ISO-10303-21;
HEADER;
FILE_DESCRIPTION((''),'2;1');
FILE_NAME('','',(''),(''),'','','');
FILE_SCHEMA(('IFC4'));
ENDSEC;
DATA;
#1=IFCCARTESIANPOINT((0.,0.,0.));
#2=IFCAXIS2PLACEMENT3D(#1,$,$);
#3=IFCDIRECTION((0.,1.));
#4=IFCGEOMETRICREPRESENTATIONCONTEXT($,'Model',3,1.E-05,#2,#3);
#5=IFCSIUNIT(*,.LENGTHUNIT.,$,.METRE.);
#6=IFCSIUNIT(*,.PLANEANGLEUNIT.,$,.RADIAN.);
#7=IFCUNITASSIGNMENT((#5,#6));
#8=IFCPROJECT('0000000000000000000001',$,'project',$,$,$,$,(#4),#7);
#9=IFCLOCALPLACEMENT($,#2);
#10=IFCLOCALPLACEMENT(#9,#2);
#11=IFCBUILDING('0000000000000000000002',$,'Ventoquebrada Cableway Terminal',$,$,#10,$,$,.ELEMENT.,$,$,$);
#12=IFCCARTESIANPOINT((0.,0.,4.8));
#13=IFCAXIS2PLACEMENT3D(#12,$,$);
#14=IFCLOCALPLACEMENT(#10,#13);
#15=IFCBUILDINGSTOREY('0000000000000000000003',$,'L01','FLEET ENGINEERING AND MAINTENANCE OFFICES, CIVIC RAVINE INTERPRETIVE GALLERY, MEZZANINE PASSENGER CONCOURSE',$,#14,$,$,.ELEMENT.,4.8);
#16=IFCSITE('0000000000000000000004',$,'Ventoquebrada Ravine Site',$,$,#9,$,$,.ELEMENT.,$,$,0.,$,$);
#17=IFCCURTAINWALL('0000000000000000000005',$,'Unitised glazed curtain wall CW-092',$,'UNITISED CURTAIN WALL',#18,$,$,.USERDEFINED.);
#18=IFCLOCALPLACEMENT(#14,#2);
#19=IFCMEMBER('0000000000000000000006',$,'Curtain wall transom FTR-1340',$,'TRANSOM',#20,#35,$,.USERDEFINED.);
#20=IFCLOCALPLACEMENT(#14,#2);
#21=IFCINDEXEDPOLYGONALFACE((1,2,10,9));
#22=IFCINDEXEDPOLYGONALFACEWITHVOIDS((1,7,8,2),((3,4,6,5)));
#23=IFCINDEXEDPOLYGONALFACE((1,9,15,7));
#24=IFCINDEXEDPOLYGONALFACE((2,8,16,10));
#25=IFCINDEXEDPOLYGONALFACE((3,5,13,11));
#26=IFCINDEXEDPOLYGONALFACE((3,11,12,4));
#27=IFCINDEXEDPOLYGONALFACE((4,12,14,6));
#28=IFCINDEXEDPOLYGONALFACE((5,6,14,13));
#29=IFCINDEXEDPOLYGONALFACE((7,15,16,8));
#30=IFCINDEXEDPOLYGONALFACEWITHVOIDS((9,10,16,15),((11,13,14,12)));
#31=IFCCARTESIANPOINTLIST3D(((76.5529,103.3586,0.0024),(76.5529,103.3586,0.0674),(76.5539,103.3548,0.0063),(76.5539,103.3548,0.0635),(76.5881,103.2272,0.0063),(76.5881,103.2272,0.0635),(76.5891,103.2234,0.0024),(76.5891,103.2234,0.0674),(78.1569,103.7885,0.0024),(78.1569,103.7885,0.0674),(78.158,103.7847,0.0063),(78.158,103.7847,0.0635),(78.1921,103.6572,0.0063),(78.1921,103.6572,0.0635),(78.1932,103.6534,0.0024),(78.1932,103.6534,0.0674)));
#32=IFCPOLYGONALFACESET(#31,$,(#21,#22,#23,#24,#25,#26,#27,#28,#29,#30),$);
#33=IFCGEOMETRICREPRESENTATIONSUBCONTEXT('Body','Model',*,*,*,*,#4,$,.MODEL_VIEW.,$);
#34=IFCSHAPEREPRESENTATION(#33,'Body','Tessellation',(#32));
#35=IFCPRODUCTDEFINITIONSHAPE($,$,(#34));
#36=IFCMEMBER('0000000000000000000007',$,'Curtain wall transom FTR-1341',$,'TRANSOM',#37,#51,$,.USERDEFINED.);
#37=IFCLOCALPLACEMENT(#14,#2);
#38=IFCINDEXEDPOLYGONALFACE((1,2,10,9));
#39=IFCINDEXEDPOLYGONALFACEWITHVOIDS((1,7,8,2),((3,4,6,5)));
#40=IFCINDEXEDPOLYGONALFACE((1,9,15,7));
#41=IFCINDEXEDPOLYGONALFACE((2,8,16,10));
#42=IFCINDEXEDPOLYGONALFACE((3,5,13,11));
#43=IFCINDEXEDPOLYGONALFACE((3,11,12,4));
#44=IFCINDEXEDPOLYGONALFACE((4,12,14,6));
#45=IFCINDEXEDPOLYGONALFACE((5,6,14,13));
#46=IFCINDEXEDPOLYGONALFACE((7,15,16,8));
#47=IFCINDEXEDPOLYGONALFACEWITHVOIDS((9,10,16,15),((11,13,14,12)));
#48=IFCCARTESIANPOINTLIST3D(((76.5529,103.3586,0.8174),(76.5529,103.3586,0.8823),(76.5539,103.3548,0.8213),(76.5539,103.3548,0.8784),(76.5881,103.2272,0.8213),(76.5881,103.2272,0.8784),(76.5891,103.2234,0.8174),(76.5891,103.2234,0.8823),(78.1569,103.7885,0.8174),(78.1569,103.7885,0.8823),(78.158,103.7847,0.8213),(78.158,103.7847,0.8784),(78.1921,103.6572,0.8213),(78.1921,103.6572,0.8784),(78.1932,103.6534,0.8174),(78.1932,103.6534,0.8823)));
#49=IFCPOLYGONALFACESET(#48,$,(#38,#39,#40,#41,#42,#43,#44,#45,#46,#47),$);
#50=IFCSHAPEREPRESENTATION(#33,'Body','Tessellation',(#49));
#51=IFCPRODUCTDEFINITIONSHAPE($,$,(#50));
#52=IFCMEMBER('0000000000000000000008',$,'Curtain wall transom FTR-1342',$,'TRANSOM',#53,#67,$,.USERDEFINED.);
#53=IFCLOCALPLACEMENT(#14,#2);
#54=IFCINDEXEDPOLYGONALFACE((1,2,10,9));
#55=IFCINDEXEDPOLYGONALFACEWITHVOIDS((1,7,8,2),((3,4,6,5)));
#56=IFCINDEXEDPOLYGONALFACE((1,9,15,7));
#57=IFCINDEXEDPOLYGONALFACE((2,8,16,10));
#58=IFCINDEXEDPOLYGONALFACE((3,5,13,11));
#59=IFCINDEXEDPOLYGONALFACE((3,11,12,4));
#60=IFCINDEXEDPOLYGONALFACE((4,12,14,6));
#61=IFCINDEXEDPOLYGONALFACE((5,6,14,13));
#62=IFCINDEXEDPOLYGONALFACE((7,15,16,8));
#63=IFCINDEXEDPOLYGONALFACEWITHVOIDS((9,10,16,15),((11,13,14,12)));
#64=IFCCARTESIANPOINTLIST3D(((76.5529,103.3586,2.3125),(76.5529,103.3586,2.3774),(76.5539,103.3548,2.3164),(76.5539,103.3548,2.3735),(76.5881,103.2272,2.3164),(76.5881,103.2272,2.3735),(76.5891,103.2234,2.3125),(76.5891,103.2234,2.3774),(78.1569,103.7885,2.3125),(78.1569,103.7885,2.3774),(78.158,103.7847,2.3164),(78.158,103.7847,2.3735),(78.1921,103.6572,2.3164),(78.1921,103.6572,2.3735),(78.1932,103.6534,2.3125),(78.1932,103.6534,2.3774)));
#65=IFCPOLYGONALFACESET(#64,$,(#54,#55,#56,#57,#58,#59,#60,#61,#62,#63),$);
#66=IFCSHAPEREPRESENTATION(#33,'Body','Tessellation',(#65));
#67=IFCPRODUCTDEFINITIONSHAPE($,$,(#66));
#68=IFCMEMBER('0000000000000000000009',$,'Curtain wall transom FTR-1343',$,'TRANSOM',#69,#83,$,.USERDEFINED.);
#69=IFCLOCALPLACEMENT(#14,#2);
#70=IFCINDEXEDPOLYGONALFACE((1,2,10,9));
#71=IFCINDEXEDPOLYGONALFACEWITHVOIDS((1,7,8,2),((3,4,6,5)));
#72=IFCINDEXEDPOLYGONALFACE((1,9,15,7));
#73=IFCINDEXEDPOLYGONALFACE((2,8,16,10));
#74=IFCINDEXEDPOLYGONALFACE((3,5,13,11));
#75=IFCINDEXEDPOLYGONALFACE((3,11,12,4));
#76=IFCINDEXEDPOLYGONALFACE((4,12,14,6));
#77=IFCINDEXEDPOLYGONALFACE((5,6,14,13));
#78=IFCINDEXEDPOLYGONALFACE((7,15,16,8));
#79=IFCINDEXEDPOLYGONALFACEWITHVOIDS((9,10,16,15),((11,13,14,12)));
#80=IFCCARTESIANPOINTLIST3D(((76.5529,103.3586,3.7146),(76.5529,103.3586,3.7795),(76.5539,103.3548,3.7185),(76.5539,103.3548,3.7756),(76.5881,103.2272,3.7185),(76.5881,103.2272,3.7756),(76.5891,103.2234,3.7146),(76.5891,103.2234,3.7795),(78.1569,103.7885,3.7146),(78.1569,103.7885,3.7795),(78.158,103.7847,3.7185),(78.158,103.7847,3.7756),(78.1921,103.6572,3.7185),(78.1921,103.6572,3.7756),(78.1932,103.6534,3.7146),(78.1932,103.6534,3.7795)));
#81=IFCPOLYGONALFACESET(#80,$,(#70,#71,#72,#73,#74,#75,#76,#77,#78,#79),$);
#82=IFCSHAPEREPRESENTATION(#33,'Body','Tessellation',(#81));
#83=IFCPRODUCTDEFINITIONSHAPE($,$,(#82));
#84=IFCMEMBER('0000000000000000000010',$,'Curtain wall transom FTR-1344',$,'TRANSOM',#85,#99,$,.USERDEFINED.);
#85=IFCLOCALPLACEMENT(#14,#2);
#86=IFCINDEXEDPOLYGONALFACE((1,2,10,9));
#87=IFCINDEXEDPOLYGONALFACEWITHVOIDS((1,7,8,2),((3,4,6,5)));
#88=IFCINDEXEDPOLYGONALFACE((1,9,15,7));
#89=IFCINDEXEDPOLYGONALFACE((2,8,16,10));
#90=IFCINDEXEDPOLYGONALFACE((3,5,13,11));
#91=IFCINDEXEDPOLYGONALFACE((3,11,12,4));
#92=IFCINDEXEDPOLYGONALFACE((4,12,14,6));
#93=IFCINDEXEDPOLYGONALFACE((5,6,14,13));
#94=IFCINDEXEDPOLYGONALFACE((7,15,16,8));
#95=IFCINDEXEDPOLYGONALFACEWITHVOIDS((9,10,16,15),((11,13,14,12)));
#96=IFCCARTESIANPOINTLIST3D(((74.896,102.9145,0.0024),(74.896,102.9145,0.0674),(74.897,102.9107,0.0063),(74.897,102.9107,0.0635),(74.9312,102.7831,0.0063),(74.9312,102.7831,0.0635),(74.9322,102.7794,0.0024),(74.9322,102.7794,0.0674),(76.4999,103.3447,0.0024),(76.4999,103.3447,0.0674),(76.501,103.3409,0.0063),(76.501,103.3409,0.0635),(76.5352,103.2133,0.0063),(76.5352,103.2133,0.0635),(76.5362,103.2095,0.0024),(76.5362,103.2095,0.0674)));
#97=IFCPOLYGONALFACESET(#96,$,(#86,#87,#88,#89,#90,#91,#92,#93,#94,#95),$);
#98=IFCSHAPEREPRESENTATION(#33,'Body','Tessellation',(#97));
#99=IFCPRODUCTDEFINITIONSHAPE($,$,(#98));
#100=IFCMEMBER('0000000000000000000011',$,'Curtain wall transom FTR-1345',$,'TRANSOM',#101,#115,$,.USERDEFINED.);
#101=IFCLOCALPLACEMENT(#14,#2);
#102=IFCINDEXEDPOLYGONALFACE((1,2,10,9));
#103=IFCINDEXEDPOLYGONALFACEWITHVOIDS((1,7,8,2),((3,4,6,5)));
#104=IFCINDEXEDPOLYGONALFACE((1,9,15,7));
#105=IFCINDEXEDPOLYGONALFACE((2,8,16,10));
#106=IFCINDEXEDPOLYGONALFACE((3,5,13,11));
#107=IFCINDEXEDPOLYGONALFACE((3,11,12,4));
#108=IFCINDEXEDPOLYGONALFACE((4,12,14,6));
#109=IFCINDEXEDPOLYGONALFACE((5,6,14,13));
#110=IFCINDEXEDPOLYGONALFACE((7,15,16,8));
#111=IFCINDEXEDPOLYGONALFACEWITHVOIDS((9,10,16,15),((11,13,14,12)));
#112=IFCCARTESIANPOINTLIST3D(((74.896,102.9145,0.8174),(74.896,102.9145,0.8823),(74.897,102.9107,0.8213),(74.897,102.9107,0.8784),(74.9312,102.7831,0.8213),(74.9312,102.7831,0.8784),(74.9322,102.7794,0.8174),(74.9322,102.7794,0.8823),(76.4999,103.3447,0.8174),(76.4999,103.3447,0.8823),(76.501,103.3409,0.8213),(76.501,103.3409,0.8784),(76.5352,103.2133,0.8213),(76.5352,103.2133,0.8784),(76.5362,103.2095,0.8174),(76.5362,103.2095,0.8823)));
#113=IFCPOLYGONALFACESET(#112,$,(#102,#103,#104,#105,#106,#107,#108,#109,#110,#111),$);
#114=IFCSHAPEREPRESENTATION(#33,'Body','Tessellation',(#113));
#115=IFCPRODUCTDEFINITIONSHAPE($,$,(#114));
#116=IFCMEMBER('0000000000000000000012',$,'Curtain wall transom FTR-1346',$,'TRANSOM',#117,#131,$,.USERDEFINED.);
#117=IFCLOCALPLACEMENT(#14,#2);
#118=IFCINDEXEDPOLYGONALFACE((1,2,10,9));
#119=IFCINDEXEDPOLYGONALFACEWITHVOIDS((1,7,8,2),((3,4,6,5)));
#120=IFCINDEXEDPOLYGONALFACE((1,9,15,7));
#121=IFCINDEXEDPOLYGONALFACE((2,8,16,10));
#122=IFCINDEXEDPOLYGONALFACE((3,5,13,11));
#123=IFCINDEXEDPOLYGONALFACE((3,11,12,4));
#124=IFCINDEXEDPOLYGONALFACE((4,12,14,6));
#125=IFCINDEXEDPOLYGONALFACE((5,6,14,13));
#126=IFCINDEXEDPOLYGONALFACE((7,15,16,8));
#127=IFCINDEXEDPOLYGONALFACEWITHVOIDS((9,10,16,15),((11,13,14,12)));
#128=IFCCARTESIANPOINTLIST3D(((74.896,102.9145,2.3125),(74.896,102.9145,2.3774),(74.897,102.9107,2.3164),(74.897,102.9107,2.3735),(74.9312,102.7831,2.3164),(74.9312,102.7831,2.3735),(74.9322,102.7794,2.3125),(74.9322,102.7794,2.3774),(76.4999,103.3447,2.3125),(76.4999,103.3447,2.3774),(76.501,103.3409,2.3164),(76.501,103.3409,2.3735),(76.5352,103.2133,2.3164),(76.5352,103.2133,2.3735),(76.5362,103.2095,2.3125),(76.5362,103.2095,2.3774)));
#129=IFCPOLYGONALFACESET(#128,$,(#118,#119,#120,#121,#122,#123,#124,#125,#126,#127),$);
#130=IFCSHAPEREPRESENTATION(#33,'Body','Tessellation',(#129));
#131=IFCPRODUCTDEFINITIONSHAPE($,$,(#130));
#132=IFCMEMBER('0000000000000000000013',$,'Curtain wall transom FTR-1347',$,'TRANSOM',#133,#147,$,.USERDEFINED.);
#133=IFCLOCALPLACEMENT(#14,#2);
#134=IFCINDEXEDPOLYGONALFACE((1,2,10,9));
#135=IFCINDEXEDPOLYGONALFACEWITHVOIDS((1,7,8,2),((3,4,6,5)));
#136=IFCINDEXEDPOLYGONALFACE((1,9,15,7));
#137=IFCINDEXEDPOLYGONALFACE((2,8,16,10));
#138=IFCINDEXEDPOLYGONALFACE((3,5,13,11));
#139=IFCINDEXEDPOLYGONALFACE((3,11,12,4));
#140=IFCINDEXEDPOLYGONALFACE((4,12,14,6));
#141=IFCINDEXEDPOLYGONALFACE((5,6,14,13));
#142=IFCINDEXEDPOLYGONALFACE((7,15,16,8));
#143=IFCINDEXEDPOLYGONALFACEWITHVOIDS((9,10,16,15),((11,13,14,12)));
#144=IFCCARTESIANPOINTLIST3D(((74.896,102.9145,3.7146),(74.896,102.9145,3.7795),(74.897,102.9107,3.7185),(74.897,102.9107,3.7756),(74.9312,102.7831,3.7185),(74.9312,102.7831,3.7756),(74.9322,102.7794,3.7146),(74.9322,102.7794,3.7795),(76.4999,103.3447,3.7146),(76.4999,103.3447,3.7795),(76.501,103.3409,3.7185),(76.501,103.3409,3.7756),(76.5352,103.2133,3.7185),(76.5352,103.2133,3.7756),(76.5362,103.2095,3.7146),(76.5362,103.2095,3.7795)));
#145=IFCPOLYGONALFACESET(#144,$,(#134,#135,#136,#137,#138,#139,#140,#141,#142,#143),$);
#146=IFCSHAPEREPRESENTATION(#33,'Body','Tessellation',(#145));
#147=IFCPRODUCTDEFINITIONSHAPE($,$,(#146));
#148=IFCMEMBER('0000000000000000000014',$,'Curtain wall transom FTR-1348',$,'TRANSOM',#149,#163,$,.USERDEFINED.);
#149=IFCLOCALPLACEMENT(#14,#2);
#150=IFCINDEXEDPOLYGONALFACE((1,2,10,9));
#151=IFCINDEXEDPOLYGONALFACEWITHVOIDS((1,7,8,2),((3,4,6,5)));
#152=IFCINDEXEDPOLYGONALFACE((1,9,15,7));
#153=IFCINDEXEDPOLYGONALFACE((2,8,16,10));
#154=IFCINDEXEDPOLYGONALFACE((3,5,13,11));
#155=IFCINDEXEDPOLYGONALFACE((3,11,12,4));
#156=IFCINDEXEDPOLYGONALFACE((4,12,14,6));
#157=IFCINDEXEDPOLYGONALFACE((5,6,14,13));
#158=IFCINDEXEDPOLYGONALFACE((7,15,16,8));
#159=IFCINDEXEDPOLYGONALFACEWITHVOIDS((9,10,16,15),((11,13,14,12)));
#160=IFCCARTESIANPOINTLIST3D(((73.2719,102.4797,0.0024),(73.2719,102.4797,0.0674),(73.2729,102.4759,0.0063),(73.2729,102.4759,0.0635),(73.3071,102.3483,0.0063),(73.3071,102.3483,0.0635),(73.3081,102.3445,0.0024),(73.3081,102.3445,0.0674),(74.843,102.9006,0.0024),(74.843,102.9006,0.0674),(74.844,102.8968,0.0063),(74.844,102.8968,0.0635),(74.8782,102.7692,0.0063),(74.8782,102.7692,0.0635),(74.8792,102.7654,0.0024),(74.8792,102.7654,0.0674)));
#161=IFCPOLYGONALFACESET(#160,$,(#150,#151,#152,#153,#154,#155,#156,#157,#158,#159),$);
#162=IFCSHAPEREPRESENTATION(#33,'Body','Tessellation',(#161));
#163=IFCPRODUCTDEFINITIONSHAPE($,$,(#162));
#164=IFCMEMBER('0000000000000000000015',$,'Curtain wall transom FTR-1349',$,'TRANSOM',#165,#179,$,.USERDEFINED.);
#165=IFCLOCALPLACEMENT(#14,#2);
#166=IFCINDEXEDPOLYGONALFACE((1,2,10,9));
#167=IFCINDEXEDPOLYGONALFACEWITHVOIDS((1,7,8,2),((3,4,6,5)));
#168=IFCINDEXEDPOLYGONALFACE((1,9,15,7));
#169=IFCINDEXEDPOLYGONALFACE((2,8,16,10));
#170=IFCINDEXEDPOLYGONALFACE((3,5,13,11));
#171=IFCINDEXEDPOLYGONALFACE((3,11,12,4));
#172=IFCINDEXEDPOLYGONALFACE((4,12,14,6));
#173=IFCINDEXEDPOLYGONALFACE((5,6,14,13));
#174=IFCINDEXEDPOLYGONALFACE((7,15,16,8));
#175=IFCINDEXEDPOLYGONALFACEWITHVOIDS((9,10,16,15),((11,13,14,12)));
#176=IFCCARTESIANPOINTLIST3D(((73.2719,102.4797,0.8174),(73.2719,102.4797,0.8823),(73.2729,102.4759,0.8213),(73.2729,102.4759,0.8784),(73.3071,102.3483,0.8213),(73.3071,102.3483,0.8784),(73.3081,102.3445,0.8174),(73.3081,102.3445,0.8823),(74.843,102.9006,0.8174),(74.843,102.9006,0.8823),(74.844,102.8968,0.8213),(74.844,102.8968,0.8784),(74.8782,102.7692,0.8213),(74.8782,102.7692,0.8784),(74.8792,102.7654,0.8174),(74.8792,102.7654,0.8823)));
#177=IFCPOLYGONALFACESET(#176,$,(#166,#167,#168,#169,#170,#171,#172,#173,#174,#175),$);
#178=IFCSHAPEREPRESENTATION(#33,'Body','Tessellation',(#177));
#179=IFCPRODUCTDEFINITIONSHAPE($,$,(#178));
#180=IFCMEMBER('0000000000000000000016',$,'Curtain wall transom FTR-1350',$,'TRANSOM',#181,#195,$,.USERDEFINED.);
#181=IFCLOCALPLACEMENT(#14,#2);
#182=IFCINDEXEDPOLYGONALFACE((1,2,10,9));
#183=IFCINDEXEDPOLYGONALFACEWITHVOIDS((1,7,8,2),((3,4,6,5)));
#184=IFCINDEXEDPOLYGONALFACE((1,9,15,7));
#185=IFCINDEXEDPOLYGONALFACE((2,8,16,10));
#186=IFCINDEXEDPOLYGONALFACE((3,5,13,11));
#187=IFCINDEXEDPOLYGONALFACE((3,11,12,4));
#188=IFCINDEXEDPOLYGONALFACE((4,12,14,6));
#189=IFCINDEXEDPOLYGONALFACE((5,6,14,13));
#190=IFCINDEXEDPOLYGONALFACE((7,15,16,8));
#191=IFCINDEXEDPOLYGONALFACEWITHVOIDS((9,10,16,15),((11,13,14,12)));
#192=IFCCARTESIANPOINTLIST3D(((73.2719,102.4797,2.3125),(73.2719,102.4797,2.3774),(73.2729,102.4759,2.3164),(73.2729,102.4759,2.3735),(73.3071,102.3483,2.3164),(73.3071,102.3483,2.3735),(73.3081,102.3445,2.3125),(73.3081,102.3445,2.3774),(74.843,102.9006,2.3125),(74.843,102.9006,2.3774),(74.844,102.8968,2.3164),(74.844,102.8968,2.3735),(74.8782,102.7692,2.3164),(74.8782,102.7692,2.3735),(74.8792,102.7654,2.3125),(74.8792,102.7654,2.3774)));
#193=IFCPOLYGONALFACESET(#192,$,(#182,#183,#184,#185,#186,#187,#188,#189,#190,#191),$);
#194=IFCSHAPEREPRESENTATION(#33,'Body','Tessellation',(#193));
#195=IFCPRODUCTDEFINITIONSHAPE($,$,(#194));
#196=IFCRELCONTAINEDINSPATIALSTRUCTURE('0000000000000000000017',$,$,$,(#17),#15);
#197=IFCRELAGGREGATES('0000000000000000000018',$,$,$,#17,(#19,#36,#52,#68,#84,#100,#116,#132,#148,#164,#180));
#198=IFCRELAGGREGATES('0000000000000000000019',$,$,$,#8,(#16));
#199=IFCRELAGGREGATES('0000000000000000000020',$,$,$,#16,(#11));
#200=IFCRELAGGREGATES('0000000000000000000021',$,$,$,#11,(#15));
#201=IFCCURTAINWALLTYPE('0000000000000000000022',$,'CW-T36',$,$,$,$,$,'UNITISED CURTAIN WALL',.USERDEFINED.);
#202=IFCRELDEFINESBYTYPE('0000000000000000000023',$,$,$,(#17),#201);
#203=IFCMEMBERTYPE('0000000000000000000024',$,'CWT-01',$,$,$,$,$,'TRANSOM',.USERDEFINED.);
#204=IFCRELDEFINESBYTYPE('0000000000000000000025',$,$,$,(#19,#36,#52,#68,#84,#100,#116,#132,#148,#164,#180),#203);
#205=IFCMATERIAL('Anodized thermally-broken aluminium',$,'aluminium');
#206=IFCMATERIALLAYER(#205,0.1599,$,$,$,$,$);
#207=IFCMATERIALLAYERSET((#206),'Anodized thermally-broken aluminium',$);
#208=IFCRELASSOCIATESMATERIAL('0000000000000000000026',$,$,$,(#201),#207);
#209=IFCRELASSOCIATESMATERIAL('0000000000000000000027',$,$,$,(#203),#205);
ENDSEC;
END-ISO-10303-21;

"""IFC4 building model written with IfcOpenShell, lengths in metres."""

from ifc_helpers import new_model, si_unit, direction, frame, origin, origin_2d, place, context, subcontext, project, spatial, hollow_rectangle, extrude, material, layer, layer_set, material_profile, profile_set, type_object, element, aggregate, save


model = new_model("IFC4")

# Units and contexts
model_context = context("Model", 3, precision=1e-05, world=origin(), true_north=direction((0.0, 1.0)))
body_context = subcontext(model_context, "Body", "Model", "MODEL_VIEW")
ifc_project = project(units=[si_unit("LENGTHUNIT", "METRE"), si_unit("PLANEANGLEUNIT", "RADIAN")], contexts=[model_context])

# Site, building, storey
site_placement = place(None, origin())
site = spatial("IfcSite", under=ifc_project, at=site_placement, Name="Ventoquebrada Ravine Site", CompositionType="ELEMENT", RefElevation=0.0)
building_placement = place(site_placement, origin())
building = spatial("IfcBuilding", under=site, at=building_placement, Name="Ventoquebrada Cableway Terminal", CompositionType="ELEMENT")
storey_placement = place(building_placement, frame((0.0, 0.0, 4.8)))
storey = spatial("IfcBuildingStorey", under=building, at=storey_placement, Name="L01", Description="FLEET ENGINEERING AND MAINTENANCE OFFICES, CIVIC RAVINE INTERPRETIVE GALLERY, MEZZANINE PASSENGER CONCOURSE", CompositionType="ELEMENT", Elevation=4.8)

# Curtain wall
ifc_material_1 = material(Name="Anodized thermally-broken aluminium", Category="aluminium")
ifc_layer_1 = layer(ifc_material_1, 0.1599)
ifc_layer_set_1 = layer_set([ifc_layer_1], Name="Anodized thermally-broken aluminium")
curtain_wall_type_1 = type_object("IfcCurtainWallType", Name="CW-T36", ElementType="UNITISED CURTAIN WALL", PredefinedType="USERDEFINED", material=ifc_layer_set_1)
curtain_wall_1_placement = place(storey_placement, origin())
curtain_wall_1 = element("IfcCurtainWall", 1, at=curtain_wall_1_placement, inside=storey, type_object=curtain_wall_type_1, Name="Unitised glazed curtain wall CW-092", ObjectType="UNITISED CURTAIN WALL", PredefinedType="USERDEFINED")

# Members
ifc_material_profile_1 = material_profile(ifc_material_1, hollow_rectangle(XDim=0.0649, YDim=0.1399, WallThickness=0.0039, at=origin_2d()), Name="CW-TRN-65X140")
ifc_profile_set_1 = profile_set([ifc_material_profile_1], Name="Anodized thermally-broken aluminium")
member_type_1 = type_object("IfcMemberType", Name="CWT-01", ElementType="TRANSOM", PredefinedType="USERDEFINED", material=ifc_profile_set_1)
member_1_placement = place(storey_placement, frame((78.175, 103.7209, 0.0349), z_axis=(-0.965905, -0.258898, 0.0), x_axis=(0.0, 0.0, 1.0)))
member_1 = element("IfcMember", 2, at=member_1_placement, type_object=member_type_1, Name="Curtain wall transom FTR-1340", ObjectType="TRANSOM", PredefinedType="USERDEFINED", context=body_context, shape_type="SweptSolid", body=[
    extrude(hollow_rectangle(XDim=0.0649, YDim=0.1399, WallThickness=0.0039, at=origin_2d()), origin(), (0.0, 0.0, 1.0), 1.6606),
])
member_2_placement = place(storey_placement, frame((78.175, 103.7209, 0.8499), z_axis=(-0.965905, -0.258898, 0.0), x_axis=(0.0, 0.0, 1.0)))
member_2 = element("IfcMember", 3, at=member_2_placement, type_object=member_type_1, Name="Curtain wall transom FTR-1341", ObjectType="TRANSOM", PredefinedType="USERDEFINED", context=body_context, shape_type="SweptSolid", body=[
    extrude(hollow_rectangle(XDim=0.0649, YDim=0.1399, WallThickness=0.0039, at=origin_2d()), origin(), (0.0, 0.0, 1.0), 1.6606),
])
member_3_placement = place(storey_placement, frame((78.175, 103.7209, 2.345), z_axis=(-0.965905, -0.258898, 0.0), x_axis=(0.0, 0.0, 1.0)))
member_3 = element("IfcMember", 4, at=member_3_placement, type_object=member_type_1, Name="Curtain wall transom FTR-1342", ObjectType="TRANSOM", PredefinedType="USERDEFINED", context=body_context, shape_type="SweptSolid", body=[
    extrude(hollow_rectangle(XDim=0.0649, YDim=0.1399, WallThickness=0.0039, at=origin_2d()), origin(), (0.0, 0.0, 1.0), 1.6606),
])
member_4_placement = place(storey_placement, frame((78.175, 103.7209, 3.7471), z_axis=(-0.965905, -0.258898, 0.0), x_axis=(0.0, 0.0, 1.0)))
member_4 = element("IfcMember", 5, at=member_4_placement, type_object=member_type_1, Name="Curtain wall transom FTR-1343", ObjectType="TRANSOM", PredefinedType="USERDEFINED", context=body_context, shape_type="SweptSolid", body=[
    extrude(hollow_rectangle(XDim=0.0649, YDim=0.1399, WallThickness=0.0039, at=origin_2d()), origin(), (0.0, 0.0, 1.0), 1.6606),
])
member_5_placement = place(storey_placement, frame((76.5181, 103.2771, 0.0349), z_axis=(-0.965868, -0.259035, 0.0), x_axis=(0.0, 0.0, 1.0)))
member_5 = element("IfcMember", 6, at=member_5_placement, type_object=member_type_1, Name="Curtain wall transom FTR-1344", ObjectType="TRANSOM", PredefinedType="USERDEFINED", context=body_context, shape_type="SweptSolid", body=[
    extrude(hollow_rectangle(XDim=0.0649, YDim=0.1399, WallThickness=0.0039, at=origin_2d()), origin(), (0.0, 0.0, 1.0), 1.6606),
])
member_6_placement = place(storey_placement, frame((76.5181, 103.2771, 0.8499), z_axis=(-0.965868, -0.259035, 0.0), x_axis=(0.0, 0.0, 1.0)))
member_6 = element("IfcMember", 7, at=member_6_placement, type_object=member_type_1, Name="Curtain wall transom FTR-1345", ObjectType="TRANSOM", PredefinedType="USERDEFINED", context=body_context, shape_type="SweptSolid", body=[
    extrude(hollow_rectangle(XDim=0.0649, YDim=0.1399, WallThickness=0.0039, at=origin_2d()), origin(), (0.0, 0.0, 1.0), 1.6606),
])
member_7_placement = place(storey_placement, frame((76.5181, 103.2771, 2.345), z_axis=(-0.965868, -0.259035, 0.0), x_axis=(0.0, 0.0, 1.0)))
member_7 = element("IfcMember", 8, at=member_7_placement, type_object=member_type_1, Name="Curtain wall transom FTR-1346", ObjectType="TRANSOM", PredefinedType="USERDEFINED", context=body_context, shape_type="SweptSolid", body=[
    extrude(hollow_rectangle(XDim=0.0649, YDim=0.1399, WallThickness=0.0039, at=origin_2d()), origin(), (0.0, 0.0, 1.0), 1.6606),
])
member_8_placement = place(storey_placement, frame((76.5181, 103.2771, 3.7471), z_axis=(-0.965868, -0.259035, 0.0), x_axis=(0.0, 0.0, 1.0)))
member_8 = element("IfcMember", 9, at=member_8_placement, type_object=member_type_1, Name="Curtain wall transom FTR-1347", ObjectType="TRANSOM", PredefinedType="USERDEFINED", context=body_context, shape_type="SweptSolid", body=[
    extrude(hollow_rectangle(XDim=0.0649, YDim=0.1399, WallThickness=0.0039, at=origin_2d()), origin(), (0.0, 0.0, 1.0), 1.6606),
])
member_9_placement = place(storey_placement, frame((74.8611, 102.833, 0.0349), z_axis=(-0.965935, -0.258784, 0.0), x_axis=(0.0, 0.0, 1.0)))
member_9 = element("IfcMember", 10, at=member_9_placement, type_object=member_type_1, Name="Curtain wall transom FTR-1348", ObjectType="TRANSOM", PredefinedType="USERDEFINED", context=body_context, shape_type="SweptSolid", body=[
    extrude(hollow_rectangle(XDim=0.0649, YDim=0.1399, WallThickness=0.0039, at=origin_2d()), origin(), (0.0, 0.0, 1.0), 1.6265),
])
member_10_placement = place(storey_placement, frame((74.8611, 102.833, 0.8499), z_axis=(-0.965935, -0.258784, 0.0), x_axis=(0.0, 0.0, 1.0)))
member_10 = element("IfcMember", 11, at=member_10_placement, type_object=member_type_1, Name="Curtain wall transom FTR-1349", ObjectType="TRANSOM", PredefinedType="USERDEFINED", context=body_context, shape_type="SweptSolid", body=[
    extrude(hollow_rectangle(XDim=0.0649, YDim=0.1399, WallThickness=0.0039, at=origin_2d()), origin(), (0.0, 0.0, 1.0), 1.6265),
])
member_11_placement = place(storey_placement, frame((74.8611, 102.833, 2.345), z_axis=(-0.965935, -0.258784, 0.0), x_axis=(0.0, 0.0, 1.0)))
member_11 = element("IfcMember", 12, at=member_11_placement, type_object=member_type_1, Name="Curtain wall transom FTR-1350", ObjectType="TRANSOM", PredefinedType="USERDEFINED", context=body_context, shape_type="SweptSolid", body=[
    extrude(hollow_rectangle(XDim=0.0649, YDim=0.1399, WallThickness=0.0039, at=origin_2d()), origin(), (0.0, 0.0, 1.0), 1.6265),
])

aggregate(curtain_wall_1, [member_1, member_2, member_3, member_4, member_5, member_6, member_7, member_8, member_9, member_10, member_11])

save(model, "model.ifc")
